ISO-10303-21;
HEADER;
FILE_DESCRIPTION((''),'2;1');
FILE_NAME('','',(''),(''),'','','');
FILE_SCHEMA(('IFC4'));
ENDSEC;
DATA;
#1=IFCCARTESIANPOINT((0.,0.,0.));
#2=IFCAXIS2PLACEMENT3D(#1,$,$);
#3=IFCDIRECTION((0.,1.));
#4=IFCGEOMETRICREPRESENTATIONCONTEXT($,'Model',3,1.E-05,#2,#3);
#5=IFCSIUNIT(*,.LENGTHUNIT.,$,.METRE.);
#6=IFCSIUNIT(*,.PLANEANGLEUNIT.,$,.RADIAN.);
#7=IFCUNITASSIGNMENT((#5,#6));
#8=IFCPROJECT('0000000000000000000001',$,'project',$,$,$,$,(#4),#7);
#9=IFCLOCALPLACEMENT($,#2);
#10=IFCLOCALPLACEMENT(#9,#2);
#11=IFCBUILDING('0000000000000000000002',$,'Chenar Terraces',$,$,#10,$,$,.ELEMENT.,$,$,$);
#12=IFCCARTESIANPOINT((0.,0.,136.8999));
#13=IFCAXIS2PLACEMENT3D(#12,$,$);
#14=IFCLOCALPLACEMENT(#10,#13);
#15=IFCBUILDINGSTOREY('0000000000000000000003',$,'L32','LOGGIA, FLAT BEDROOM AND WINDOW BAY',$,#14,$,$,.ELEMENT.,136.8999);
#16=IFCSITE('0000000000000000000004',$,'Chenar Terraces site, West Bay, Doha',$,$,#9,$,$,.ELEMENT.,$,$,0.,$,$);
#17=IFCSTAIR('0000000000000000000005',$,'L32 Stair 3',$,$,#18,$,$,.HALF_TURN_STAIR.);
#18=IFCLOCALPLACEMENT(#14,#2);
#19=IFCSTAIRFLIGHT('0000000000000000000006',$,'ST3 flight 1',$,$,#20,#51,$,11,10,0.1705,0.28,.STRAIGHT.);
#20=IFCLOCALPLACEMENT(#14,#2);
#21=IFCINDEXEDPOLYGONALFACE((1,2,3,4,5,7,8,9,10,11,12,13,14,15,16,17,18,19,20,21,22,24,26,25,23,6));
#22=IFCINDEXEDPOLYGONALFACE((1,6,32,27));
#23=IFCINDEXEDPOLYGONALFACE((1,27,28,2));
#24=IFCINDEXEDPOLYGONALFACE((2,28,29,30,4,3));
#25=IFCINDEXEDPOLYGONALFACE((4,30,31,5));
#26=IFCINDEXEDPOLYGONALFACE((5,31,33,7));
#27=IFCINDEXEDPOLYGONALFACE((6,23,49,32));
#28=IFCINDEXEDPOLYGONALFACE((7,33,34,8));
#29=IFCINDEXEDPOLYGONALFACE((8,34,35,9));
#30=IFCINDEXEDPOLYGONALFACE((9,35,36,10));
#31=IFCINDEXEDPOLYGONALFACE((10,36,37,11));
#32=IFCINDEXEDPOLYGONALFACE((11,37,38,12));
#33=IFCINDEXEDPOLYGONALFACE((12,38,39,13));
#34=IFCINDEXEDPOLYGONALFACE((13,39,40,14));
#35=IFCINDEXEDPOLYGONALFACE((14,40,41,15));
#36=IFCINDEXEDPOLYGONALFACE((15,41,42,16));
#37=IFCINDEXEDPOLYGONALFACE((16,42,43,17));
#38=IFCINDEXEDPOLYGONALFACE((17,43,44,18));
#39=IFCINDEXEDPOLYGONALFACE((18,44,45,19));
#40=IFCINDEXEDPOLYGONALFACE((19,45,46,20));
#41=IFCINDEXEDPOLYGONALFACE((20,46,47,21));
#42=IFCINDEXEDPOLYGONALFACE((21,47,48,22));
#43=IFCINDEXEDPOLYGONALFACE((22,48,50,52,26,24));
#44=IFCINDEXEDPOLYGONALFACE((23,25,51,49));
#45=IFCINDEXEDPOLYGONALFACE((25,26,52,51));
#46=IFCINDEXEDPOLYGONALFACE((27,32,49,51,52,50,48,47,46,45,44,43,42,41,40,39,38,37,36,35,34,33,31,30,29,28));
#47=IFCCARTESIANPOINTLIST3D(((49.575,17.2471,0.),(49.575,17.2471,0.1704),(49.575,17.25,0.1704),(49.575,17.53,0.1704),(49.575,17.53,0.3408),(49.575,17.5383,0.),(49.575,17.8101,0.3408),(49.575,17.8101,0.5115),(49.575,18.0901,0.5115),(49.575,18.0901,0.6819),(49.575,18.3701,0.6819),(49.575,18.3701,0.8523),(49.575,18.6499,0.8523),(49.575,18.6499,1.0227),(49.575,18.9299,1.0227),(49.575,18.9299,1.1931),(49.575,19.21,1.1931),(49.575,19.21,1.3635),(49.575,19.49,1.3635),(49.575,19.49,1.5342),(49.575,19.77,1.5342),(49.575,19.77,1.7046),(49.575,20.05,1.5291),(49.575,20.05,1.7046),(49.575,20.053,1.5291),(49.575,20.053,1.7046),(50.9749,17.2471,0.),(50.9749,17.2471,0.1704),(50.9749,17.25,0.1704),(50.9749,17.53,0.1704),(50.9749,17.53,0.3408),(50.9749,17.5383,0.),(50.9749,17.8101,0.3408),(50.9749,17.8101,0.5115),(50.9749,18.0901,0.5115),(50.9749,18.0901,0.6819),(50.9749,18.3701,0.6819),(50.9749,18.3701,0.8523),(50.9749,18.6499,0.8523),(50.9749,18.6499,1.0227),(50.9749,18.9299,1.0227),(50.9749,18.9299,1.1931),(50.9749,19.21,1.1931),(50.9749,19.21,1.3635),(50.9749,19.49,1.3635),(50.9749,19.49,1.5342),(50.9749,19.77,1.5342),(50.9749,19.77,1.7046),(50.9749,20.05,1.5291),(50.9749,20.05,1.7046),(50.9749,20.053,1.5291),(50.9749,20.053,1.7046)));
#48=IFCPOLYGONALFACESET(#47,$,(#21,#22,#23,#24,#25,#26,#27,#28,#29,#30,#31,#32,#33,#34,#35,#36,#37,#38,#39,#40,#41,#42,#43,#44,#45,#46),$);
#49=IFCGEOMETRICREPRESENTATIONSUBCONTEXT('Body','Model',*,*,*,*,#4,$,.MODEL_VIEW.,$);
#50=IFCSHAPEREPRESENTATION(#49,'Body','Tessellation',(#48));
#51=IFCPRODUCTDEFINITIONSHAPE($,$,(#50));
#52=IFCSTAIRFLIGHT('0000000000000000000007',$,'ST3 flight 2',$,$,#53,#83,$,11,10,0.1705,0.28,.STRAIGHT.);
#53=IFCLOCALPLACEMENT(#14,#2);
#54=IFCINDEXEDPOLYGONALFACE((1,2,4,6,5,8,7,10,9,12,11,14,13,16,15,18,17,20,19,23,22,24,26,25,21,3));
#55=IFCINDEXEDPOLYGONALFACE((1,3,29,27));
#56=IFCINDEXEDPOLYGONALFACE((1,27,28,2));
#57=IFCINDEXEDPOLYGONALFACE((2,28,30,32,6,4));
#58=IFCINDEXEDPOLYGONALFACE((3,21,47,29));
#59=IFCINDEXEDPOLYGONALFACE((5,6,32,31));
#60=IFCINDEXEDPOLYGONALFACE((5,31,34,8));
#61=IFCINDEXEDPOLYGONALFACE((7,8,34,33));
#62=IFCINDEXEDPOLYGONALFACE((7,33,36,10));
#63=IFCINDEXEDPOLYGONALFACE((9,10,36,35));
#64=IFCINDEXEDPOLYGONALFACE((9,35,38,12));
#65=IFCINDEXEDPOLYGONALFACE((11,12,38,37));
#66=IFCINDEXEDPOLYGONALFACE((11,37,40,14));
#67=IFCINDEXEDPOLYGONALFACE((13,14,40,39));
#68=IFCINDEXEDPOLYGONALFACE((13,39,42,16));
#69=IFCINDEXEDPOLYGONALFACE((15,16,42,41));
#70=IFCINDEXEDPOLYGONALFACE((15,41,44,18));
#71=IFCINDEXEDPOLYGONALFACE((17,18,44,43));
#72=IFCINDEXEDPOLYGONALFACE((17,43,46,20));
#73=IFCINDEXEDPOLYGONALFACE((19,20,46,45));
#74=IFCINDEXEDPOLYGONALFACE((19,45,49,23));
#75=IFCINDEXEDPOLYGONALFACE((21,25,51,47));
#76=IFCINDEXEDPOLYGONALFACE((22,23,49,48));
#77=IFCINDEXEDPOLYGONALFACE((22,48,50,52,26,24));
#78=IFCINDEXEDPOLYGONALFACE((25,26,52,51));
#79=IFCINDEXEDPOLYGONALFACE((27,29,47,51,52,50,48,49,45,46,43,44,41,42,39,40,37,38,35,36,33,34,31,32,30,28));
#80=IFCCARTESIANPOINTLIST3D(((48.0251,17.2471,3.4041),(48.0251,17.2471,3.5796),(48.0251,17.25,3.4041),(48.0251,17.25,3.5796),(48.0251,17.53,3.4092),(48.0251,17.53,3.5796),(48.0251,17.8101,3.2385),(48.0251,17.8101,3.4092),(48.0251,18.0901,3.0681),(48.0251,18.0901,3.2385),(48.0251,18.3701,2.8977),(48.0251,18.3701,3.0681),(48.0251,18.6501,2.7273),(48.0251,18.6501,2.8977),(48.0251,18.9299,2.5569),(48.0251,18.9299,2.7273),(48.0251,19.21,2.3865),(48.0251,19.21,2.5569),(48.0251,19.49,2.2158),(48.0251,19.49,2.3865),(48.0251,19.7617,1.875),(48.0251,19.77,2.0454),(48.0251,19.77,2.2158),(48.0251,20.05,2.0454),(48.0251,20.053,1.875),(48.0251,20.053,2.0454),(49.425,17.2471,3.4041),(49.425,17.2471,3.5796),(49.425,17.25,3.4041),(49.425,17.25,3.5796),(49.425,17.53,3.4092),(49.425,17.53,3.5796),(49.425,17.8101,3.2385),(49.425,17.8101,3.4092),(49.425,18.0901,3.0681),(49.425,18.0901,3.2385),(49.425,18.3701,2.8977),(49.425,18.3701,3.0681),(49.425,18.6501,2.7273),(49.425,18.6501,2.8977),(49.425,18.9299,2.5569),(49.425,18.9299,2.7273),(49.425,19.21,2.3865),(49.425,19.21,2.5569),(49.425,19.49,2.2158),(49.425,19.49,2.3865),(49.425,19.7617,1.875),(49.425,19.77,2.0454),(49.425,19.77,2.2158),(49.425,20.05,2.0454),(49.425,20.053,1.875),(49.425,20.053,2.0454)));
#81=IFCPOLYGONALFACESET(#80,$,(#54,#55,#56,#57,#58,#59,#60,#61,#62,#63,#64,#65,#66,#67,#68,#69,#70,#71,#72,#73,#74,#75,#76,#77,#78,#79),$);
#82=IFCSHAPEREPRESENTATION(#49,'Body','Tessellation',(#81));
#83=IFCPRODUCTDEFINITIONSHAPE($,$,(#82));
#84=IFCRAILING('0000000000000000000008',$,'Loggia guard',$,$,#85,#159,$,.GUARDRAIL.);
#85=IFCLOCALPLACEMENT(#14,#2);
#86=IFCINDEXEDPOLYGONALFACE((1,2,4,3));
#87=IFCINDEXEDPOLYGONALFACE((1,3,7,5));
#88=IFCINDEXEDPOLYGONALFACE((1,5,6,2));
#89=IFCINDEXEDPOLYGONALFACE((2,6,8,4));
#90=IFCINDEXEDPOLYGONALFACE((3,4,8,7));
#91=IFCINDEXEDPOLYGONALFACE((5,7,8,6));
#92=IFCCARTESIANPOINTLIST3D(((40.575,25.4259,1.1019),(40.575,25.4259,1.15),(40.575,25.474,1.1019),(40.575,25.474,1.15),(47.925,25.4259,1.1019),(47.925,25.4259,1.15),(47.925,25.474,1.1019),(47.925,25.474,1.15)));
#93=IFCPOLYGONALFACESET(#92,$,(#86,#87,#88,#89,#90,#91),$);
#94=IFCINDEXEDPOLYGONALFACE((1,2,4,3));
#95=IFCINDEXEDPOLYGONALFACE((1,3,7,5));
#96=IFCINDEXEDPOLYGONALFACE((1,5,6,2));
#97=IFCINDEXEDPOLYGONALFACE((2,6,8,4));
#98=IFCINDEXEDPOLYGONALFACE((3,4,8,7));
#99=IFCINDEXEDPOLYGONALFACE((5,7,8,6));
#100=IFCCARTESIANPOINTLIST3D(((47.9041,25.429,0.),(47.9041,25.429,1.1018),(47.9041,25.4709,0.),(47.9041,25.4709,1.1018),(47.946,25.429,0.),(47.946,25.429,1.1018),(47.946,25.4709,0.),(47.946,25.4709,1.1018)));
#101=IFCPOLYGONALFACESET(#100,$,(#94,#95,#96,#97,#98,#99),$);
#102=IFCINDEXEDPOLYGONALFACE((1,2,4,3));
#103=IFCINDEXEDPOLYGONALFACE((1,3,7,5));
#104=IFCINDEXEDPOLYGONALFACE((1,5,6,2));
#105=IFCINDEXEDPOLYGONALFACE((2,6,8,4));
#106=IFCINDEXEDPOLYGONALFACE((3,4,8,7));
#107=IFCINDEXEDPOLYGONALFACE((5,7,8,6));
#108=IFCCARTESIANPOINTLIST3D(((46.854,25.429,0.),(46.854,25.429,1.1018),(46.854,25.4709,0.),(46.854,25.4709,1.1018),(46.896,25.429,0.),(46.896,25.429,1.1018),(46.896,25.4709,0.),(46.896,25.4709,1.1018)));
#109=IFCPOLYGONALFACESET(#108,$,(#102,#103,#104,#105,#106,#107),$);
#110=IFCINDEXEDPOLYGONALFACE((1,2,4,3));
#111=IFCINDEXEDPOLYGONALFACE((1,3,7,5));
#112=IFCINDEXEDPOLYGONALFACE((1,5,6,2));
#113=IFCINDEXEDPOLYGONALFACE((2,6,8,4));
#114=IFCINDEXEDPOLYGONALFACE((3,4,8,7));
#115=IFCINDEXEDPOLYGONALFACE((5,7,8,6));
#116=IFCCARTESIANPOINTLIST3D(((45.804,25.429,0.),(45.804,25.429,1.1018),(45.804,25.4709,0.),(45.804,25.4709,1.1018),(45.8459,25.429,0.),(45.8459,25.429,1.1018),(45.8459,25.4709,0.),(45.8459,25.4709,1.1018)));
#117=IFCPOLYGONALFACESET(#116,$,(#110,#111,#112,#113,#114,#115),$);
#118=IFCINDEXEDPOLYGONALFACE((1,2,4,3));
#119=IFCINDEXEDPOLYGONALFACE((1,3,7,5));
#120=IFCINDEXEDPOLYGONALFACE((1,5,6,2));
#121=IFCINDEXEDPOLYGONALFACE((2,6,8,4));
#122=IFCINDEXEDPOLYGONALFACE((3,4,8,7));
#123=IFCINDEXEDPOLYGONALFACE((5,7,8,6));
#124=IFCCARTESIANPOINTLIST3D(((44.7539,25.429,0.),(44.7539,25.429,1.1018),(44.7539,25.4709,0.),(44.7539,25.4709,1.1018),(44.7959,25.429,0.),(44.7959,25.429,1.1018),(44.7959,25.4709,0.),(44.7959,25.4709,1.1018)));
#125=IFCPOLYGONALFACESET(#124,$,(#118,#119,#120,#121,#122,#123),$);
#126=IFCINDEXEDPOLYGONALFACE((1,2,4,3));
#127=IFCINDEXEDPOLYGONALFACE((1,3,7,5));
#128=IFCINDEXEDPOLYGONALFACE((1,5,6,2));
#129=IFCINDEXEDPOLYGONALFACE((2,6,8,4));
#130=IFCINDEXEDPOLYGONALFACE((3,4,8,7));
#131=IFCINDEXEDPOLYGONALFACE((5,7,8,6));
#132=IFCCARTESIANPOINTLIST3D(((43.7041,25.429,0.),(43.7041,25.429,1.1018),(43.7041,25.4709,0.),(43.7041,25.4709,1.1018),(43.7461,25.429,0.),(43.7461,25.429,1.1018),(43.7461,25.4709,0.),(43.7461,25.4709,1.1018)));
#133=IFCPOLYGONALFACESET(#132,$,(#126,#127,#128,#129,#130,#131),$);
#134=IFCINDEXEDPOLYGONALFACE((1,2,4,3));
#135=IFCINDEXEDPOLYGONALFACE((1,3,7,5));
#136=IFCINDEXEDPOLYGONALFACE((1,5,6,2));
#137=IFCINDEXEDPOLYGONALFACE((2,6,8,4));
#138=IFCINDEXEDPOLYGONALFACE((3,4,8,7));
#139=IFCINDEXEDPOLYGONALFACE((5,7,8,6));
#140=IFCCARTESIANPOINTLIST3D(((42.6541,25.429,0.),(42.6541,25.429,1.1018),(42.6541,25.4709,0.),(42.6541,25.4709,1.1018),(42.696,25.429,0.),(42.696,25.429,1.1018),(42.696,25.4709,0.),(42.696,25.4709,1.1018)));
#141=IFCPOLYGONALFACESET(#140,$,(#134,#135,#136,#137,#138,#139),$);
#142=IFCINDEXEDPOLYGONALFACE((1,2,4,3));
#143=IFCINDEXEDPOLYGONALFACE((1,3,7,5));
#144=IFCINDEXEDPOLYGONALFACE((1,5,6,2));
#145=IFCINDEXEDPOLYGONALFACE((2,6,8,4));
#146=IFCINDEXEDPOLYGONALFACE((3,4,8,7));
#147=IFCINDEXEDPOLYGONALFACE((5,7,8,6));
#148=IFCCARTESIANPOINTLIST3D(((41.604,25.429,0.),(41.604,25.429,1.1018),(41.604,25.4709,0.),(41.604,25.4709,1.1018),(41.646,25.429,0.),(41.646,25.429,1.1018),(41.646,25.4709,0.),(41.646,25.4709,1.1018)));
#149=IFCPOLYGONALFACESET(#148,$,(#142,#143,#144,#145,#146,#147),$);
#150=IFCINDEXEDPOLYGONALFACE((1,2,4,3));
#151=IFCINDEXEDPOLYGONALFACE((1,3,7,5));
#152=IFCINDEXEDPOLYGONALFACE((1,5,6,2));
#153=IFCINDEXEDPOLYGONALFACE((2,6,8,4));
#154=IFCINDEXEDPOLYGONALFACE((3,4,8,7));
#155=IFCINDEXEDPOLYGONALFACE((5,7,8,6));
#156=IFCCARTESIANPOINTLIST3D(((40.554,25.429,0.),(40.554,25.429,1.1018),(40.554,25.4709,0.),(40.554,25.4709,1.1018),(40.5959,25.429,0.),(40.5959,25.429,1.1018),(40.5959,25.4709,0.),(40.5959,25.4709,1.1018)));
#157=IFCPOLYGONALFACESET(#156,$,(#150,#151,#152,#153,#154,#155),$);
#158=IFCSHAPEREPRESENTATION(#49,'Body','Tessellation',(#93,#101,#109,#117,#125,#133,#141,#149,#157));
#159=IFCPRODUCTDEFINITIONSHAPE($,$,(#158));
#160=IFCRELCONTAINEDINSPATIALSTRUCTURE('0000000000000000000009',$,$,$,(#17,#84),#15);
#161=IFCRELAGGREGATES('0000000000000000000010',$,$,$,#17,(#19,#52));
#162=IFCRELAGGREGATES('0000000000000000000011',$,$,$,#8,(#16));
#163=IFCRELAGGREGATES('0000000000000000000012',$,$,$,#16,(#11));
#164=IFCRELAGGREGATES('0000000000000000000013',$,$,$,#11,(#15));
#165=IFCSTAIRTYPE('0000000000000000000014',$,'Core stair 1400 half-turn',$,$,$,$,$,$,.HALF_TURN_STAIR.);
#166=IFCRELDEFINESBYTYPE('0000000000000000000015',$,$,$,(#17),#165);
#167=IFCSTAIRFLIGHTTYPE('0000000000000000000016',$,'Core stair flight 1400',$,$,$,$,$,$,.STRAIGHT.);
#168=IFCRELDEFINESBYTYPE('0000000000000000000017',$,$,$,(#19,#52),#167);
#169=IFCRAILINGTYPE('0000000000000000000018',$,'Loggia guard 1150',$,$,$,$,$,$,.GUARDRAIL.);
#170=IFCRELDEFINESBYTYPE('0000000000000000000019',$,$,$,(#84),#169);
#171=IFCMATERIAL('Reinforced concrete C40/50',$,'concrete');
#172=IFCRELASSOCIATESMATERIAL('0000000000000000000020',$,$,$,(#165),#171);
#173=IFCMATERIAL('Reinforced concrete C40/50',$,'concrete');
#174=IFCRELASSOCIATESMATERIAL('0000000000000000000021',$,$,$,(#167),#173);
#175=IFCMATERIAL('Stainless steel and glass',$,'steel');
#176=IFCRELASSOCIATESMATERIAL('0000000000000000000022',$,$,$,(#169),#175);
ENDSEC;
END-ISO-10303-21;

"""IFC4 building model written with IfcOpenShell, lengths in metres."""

from ifc_helpers import new_model, si_unit, direction, frame, origin, origin_2d, place, context, subcontext, project, spatial, polyline, rectangle, outline, extrude, material, type_object, element, aggregate, save


model = new_model("IFC4")

# Units and contexts
model_context = context("Model", 3, precision=1e-05, world=origin(), true_north=direction((0.0, 1.0)))
body_context = subcontext(model_context, "Body", "Model", "MODEL_VIEW")
ifc_project = project(units=[si_unit("LENGTHUNIT", "METRE"), si_unit("PLANEANGLEUNIT", "RADIAN")], contexts=[model_context])

# Site, building, storey
site_placement = place(None, origin())
site = spatial("IfcSite", under=ifc_project, at=site_placement, Name="Chenar Terraces site, West Bay, Doha", CompositionType="ELEMENT", RefElevation=0.0)
building_placement = place(site_placement, origin())
building = spatial("IfcBuilding", under=site, at=building_placement, Name="Chenar Terraces", CompositionType="ELEMENT")
storey_placement = place(building_placement, frame((0.0, 0.0, 136.8999)))
storey = spatial("IfcBuildingStorey", under=building, at=storey_placement, Name="L32", Description="LOGGIA, FLAT BEDROOM AND WINDOW BAY", CompositionType="ELEMENT", Elevation=136.8999)

# Stair, stair flights
ifc_material_1 = material(Name="Reinforced concrete C40/50", Category="concrete")
stair_type = type_object("IfcStairType", Name="Core stair 1400 half-turn", PredefinedType="HALF_TURN_STAIR", material=ifc_material_1)
stair_placement = place(storey_placement, origin())
stair = element("IfcStair", 1, at=stair_placement, inside=storey, type_object=stair_type, Name="L32 Stair 3", PredefinedType="HALF_TURN_STAIR")
ifc_material_2 = material(Name="Reinforced concrete C40/50", Category="concrete")
stair_flight_type = type_object("IfcStairFlightType", Name="Core stair flight 1400", PredefinedType="STRAIGHT", material=ifc_material_2)
stair_flight_1_placement = place(storey_placement, frame((50.2749, 17.25, 0.0), z_axis=(0.0, 0.0, 1.0), x_axis=(0.0, 1.0, 0.0)))
stair_flight_1 = element("IfcStairFlight", 2, at=stair_flight_1_placement, type_object=stair_flight_type, Name="ST3 flight 1", NumberOfRisers=11, NumberOfTreads=10, PredefinedType="STRAIGHT", RiserHeight=0.1705, TreadLength=0.28, context=body_context, shape_type="SweptSolid", body=[
    extrude(outline(polyline([(-0.0029, 0.0), (-0.0029, 0.1704), (0.0, 0.1704), (0.28, 0.1704), (0.28, 0.3408), (0.5601, 0.3408), (0.5601, 0.5115), (0.8401, 0.5115), (0.8401, 0.6819), (1.1201, 0.6819), (1.1201, 0.8523), (1.3999, 0.8523), (1.3999, 1.0227), (1.6799, 1.0227), (1.6799, 1.1931), (1.96, 1.1931), (1.96, 1.3635), (2.24, 1.3635), (2.24, 1.5342), (2.52, 1.5342), (2.52, 1.7046), (2.8, 1.7046), (2.803, 1.7046), (2.803, 1.5291), (2.8, 1.5291), (0.2883, 0.0), (-0.0029, 0.0)])), frame((0.0, 0.7, 0.0), z_axis=(0.0, -1.0, 0.0), x_axis=(1.0, 0.0, 0.0)), (0.0, 0.0, 1.0), 1.3999),
])
stair_flight_2_placement = place(storey_placement, frame((48.7251, 20.05, 1.875), z_axis=(0.0, 0.0, 1.0), x_axis=(0.0, -1.0, 0.0)))
stair_flight_2 = element("IfcStairFlight", 3, at=stair_flight_2_placement, type_object=stair_flight_type, Name="ST3 flight 2", NumberOfRisers=11, NumberOfTreads=10, PredefinedType="STRAIGHT", RiserHeight=0.1705, TreadLength=0.28, context=body_context, shape_type="SweptSolid", body=[
    extrude(outline(polyline([(-0.0029, 0.0), (-0.0029, 0.1704), (0.0, 0.1704), (0.28, 0.1704), (0.28, 0.3408), (0.5601, 0.3408), (0.5601, 0.5115), (0.8401, 0.5115), (0.8401, 0.6819), (1.1201, 0.6819), (1.1201, 0.8523), (1.3999, 0.8523), (1.3999, 1.0227), (1.6799, 1.0227), (1.6799, 1.1931), (1.96, 1.1931), (1.96, 1.3635), (2.24, 1.3635), (2.24, 1.5342), (2.52, 1.5342), (2.52, 1.7046), (2.8, 1.7046), (2.803, 1.7046), (2.803, 1.5291), (2.8, 1.5291), (0.2883, 0.0), (-0.0029, 0.0)])), frame((0.0, 0.7, 0.0), z_axis=(0.0, -1.0, 0.0), x_axis=(1.0, 0.0, 0.0)), (0.0, 0.0, 1.0), 1.3999),
])
aggregate(stair, [stair_flight_1, stair_flight_2])

# Railing
ifc_material_3 = material(Name="Stainless steel and glass", Category="steel")
railing_type_1 = type_object("IfcRailingType", Name="Loggia guard 1150", PredefinedType="GUARDRAIL", material=ifc_material_3)
railing_1_placement = place(storey_placement, frame((47.925, 25.45, 0.0)))
element("IfcRailing", 4, at=railing_1_placement, inside=storey, type_object=railing_type_1, Name="Loggia guard", PredefinedType="GUARDRAIL", context=body_context, shape_type="SweptSolid", body=[
    extrude(rectangle(XDim=0.0481, YDim=0.0481, at=origin_2d()), frame((0.0, 0.0, 1.126), z_axis=(-1.0, 0.0, 0.0), x_axis=(0.0, -1.0, 0.0)), (0.0, 0.0, 1.0), 7.3501),
    extrude(rectangle(XDim=0.042, YDim=0.042, at=origin_2d()), origin(), (0.0, 0.0, 1.0), 1.1018),
    extrude(rectangle(XDim=0.042, YDim=0.042, at=origin_2d()), frame((-1.05, 0.0, 0.0)), (0.0, 0.0, 1.0), 1.1018),
    extrude(rectangle(XDim=0.042, YDim=0.042, at=origin_2d()), frame((-2.1001, 0.0, 0.0)), (0.0, 0.0, 1.0), 1.1018),
    extrude(rectangle(XDim=0.042, YDim=0.042, at=origin_2d()), frame((-3.1501, 0.0, 0.0)), (0.0, 0.0, 1.0), 1.1018),
    extrude(rectangle(XDim=0.042, YDim=0.042, at=origin_2d()), frame((-4.2, 0.0, 0.0)), (0.0, 0.0, 1.0), 1.1018),
    extrude(rectangle(XDim=0.042, YDim=0.042, at=origin_2d()), frame((-5.25, 0.0, 0.0)), (0.0, 0.0, 1.0), 1.1018),
    extrude(rectangle(XDim=0.042, YDim=0.042, at=origin_2d()), frame((-6.3, 0.0, 0.0)), (0.0, 0.0, 1.0), 1.1018),
    extrude(rectangle(XDim=0.042, YDim=0.042, at=origin_2d()), frame((-7.3501, 0.0, 0.0)), (0.0, 0.0, 1.0), 1.1018),
])

save(model, "model.ifc")
